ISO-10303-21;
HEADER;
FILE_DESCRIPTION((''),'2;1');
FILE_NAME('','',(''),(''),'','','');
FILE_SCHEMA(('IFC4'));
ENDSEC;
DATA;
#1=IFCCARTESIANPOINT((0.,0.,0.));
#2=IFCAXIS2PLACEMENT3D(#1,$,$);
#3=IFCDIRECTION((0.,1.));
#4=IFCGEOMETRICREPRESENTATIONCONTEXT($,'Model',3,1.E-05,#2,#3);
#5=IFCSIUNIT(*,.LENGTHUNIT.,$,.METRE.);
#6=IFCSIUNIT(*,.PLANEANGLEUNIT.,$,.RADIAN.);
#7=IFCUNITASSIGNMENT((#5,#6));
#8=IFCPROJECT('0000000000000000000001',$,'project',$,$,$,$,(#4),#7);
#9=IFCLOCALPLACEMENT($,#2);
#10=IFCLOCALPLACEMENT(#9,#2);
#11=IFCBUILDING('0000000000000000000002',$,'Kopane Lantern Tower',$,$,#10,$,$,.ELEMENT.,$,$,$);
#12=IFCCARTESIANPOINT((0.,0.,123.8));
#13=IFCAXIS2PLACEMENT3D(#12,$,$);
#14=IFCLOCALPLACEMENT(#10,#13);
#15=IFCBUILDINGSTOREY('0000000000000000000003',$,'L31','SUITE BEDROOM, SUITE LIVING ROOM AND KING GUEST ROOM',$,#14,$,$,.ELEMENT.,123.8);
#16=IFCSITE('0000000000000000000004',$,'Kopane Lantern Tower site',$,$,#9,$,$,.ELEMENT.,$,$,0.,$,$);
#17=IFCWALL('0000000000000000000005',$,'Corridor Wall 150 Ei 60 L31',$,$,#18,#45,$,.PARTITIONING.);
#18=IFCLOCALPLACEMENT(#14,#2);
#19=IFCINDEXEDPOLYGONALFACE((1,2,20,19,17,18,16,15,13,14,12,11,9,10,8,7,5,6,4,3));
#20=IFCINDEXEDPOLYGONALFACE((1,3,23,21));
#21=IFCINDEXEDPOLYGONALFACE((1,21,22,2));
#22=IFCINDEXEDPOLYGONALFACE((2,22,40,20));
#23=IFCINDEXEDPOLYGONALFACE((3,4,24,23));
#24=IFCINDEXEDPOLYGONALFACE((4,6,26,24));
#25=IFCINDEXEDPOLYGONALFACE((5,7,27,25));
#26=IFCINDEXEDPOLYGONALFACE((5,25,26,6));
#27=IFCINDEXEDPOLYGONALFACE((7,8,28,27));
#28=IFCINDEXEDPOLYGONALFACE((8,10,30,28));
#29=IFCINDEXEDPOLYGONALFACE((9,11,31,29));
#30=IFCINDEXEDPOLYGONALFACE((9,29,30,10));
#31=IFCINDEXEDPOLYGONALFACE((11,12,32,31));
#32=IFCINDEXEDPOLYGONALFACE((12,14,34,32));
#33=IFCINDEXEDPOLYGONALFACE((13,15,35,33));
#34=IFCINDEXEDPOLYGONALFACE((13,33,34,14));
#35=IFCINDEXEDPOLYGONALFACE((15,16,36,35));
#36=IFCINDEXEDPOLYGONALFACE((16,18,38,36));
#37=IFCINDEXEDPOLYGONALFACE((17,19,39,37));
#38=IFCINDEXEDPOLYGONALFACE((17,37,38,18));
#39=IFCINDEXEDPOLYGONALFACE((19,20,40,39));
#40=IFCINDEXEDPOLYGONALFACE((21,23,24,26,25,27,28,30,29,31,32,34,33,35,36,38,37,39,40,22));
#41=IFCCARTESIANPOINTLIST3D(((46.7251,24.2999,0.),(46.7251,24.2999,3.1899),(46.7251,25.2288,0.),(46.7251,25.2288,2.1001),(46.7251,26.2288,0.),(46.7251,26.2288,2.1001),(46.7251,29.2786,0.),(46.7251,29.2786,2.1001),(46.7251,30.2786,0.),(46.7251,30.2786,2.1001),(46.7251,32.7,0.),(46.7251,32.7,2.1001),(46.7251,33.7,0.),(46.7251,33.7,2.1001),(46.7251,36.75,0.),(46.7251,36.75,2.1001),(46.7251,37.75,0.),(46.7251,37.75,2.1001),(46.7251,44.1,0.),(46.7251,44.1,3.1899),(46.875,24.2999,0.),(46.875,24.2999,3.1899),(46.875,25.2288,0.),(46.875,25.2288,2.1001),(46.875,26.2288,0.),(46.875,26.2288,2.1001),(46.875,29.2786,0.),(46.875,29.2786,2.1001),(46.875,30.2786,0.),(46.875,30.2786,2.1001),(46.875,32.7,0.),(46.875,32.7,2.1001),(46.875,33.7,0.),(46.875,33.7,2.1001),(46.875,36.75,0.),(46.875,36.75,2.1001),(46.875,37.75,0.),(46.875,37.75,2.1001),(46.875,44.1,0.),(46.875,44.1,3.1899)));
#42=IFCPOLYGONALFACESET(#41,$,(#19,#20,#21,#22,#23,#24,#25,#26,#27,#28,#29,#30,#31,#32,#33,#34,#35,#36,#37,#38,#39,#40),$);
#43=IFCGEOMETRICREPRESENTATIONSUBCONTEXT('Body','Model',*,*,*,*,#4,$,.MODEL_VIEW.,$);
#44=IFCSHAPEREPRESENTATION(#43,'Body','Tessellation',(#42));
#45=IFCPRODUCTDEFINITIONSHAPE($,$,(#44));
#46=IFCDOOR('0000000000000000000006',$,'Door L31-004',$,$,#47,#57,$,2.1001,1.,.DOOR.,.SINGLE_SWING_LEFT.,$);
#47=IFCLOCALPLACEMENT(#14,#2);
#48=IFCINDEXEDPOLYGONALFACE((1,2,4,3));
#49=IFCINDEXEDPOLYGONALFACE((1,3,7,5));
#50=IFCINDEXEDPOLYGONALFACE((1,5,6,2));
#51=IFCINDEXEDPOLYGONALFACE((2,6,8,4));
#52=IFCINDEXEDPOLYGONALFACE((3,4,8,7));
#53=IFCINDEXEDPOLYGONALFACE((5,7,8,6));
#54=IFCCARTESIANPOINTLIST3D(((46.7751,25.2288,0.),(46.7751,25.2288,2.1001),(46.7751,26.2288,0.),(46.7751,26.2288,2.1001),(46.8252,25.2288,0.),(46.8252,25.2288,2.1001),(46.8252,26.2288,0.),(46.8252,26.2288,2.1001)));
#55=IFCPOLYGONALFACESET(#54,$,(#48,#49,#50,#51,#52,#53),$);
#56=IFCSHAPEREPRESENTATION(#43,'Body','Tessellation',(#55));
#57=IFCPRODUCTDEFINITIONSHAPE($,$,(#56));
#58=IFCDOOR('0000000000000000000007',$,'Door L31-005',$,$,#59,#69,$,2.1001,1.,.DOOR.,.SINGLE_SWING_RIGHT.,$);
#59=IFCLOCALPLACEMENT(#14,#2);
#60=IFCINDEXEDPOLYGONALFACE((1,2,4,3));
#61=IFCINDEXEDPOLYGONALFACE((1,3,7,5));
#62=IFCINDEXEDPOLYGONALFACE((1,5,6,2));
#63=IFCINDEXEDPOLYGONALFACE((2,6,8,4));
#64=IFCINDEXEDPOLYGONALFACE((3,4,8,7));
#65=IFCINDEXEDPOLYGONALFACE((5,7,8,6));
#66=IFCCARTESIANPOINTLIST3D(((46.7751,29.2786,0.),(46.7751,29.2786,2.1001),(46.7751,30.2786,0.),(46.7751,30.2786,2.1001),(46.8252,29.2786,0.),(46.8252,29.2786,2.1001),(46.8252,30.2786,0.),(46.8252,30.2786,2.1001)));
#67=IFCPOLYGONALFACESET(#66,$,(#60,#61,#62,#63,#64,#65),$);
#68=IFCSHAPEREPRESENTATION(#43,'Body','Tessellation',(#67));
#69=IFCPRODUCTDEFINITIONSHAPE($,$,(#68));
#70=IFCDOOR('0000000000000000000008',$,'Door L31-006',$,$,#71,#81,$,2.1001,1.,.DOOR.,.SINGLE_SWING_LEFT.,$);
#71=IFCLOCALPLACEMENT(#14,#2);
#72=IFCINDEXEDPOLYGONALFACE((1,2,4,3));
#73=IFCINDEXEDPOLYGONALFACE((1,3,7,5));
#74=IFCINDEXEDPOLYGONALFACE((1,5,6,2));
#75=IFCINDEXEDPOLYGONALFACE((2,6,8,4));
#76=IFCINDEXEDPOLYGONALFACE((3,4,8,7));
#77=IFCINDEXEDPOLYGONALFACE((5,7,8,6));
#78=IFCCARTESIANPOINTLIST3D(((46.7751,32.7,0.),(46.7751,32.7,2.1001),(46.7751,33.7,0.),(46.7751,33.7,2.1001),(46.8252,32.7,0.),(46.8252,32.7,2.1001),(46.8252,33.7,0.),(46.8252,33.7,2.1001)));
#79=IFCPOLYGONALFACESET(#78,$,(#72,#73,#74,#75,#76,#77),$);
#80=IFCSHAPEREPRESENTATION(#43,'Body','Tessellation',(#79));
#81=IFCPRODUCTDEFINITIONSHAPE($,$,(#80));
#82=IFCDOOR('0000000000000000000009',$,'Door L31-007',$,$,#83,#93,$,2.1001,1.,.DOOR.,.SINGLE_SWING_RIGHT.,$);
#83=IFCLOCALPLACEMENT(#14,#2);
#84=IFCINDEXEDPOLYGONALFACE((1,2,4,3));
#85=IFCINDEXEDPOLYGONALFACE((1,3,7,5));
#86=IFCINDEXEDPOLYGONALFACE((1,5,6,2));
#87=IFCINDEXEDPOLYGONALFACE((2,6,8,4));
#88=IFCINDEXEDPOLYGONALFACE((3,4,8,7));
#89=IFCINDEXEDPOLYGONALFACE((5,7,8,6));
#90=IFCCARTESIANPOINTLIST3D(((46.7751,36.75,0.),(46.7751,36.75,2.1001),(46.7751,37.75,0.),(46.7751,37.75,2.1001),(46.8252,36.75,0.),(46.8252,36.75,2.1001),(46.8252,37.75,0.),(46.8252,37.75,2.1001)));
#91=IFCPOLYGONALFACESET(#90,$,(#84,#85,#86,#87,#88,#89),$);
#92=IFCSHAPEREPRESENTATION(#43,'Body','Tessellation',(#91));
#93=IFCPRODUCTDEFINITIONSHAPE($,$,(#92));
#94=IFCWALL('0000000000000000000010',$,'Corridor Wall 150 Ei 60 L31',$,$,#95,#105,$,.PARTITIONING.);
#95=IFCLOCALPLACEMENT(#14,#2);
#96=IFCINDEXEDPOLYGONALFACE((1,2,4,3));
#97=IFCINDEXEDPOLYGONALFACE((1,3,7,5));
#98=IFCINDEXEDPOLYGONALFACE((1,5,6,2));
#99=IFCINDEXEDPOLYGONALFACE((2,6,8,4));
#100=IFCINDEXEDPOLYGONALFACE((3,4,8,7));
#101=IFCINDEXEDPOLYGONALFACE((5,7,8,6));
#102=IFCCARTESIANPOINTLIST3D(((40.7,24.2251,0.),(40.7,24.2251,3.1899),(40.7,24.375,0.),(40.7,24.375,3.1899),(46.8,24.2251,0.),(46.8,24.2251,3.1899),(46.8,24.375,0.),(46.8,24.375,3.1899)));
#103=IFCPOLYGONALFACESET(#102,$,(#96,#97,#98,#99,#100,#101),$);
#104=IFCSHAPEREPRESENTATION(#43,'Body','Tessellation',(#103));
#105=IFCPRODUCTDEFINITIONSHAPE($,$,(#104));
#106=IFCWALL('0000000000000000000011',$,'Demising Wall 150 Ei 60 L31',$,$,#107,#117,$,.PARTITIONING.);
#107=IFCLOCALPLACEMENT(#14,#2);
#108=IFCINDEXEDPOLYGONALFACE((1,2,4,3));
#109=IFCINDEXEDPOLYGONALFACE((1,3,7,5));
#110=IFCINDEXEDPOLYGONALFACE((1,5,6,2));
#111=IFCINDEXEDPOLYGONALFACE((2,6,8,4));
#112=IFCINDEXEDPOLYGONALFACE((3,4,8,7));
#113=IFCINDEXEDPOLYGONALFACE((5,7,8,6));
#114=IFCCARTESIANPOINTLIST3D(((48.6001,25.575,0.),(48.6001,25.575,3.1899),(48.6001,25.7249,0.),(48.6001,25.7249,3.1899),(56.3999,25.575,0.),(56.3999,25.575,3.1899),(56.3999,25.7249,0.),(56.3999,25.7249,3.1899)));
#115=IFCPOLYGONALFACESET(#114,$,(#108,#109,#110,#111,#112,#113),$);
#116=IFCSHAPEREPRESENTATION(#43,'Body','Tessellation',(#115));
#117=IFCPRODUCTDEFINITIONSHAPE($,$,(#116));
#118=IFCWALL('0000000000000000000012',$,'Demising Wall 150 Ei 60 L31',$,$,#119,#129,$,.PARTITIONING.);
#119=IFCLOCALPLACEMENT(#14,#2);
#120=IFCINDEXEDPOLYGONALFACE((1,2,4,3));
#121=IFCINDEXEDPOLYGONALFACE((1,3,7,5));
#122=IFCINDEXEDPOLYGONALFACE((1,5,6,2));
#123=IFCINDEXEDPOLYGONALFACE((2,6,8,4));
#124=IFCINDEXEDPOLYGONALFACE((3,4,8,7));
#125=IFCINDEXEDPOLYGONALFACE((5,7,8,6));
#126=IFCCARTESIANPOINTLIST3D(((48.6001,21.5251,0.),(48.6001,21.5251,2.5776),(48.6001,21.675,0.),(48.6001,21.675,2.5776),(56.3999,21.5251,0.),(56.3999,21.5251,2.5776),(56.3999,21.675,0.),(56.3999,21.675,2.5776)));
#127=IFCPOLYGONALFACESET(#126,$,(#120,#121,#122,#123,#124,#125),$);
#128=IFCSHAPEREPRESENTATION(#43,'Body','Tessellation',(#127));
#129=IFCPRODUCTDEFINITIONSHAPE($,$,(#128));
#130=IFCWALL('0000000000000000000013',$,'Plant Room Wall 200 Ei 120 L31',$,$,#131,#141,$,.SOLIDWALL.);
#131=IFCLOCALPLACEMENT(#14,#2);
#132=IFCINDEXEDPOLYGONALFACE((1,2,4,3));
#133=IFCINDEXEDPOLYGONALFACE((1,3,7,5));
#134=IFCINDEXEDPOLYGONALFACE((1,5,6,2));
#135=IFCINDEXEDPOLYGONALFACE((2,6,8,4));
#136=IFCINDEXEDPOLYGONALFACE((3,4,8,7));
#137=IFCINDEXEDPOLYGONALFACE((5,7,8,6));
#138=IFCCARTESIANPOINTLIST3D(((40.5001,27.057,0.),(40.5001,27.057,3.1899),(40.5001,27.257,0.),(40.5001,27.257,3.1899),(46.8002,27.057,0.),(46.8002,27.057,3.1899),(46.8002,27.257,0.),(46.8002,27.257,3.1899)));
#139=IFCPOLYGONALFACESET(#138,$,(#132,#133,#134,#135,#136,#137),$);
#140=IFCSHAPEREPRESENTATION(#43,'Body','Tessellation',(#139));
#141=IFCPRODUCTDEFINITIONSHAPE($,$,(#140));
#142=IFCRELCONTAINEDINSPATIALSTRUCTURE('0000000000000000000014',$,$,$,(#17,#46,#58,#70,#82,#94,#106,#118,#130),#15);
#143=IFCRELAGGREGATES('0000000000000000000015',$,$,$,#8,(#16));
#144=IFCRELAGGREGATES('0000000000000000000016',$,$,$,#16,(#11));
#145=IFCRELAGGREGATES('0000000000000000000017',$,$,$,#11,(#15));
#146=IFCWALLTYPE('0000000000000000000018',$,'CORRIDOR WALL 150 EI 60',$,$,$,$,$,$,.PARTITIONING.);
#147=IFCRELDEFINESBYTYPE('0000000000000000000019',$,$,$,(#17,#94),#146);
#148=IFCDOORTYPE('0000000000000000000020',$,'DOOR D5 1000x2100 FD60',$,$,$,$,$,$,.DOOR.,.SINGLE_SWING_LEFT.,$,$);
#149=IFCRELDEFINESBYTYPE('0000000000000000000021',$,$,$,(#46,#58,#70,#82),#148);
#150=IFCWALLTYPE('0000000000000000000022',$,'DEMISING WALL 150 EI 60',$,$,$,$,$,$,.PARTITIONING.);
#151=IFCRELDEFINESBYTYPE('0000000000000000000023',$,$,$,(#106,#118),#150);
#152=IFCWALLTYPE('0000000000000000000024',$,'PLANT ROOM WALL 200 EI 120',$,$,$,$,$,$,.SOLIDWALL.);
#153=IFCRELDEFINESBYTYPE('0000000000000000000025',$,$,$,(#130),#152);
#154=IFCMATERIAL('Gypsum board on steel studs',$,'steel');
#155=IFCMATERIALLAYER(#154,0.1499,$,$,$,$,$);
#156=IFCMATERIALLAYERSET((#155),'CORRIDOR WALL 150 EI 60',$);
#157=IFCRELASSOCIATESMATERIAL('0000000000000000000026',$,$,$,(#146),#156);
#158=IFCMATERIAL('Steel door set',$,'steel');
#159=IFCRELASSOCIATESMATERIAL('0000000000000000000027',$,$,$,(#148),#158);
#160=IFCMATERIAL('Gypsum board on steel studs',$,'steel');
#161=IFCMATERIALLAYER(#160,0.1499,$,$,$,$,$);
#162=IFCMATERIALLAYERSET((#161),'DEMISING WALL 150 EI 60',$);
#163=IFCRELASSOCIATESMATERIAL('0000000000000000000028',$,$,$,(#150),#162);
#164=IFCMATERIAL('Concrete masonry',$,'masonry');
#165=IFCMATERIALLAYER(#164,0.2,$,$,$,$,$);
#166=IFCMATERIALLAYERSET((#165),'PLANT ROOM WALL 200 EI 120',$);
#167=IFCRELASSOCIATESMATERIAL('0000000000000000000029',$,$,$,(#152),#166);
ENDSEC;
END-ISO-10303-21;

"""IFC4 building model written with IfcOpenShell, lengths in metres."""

from ifc_helpers import new_model, si_unit, direction, frame, frame_2d, origin, place, context, subcontext, project, spatial, rectangle, extrude, material, layer, layer_set, type_object, element, fill, save


model = new_model("IFC4")

# Units and contexts
model_context = context("Model", 3, precision=1e-05, world=origin(), true_north=direction((0.0, 1.0)))
body_context = subcontext(model_context, "Body", "Model", "MODEL_VIEW")
ifc_project = project(units=[si_unit("LENGTHUNIT", "METRE"), si_unit("PLANEANGLEUNIT", "RADIAN")], contexts=[model_context])

# Site, building, storey
site_placement = place(None, origin())
site = spatial("IfcSite", under=ifc_project, at=site_placement, Name="Kopane Lantern Tower site", CompositionType="ELEMENT", RefElevation=0.0)
building_placement = place(site_placement, origin())
building = spatial("IfcBuilding", under=site, at=building_placement, Name="Kopane Lantern Tower", CompositionType="ELEMENT")
storey_placement = place(building_placement, frame((0.0, 0.0, 123.8)))
storey = spatial("IfcBuildingStorey", under=building, at=storey_placement, Name="L31", Description="SUITE BEDROOM, SUITE LIVING ROOM AND KING GUEST ROOM", CompositionType="ELEMENT", Elevation=123.8)

# Wall, openings, doors
ifc_material_1 = material(Name="Gypsum board on steel studs", Category="steel")
ifc_layer_1 = layer(ifc_material_1, 0.1499)
ifc_layer_set_1 = layer_set([ifc_layer_1], Name="CORRIDOR WALL 150 EI 60")
wall_type_1 = type_object("IfcWallType", Name="CORRIDOR WALL 150 EI 60", PredefinedType="PARTITIONING", material=ifc_layer_set_1)
wall_1_placement = place(storey_placement, frame((46.8, 24.3, 0.0), z_axis=(0.0, 0.0, 1.0), x_axis=(0.0, 1.0, 0.0)))
wall_1 = element("IfcWall", 1, at=wall_1_placement, inside=storey, type_object=wall_type_1, Name="Corridor Wall 150 Ei 60 L31", PredefinedType="PARTITIONING", context=body_context, shape_type="SweptSolid", body=[
    extrude(rectangle(XDim=19.8, YDim=0.1499, at=frame_2d((9.8999, 0.0))), origin(), (0.0, 0.0, 1.0), 3.1899),
])
opening_1_placement = place(wall_1_placement, frame((0.9287, 0.0, 0.0)))
opening_1 = element("IfcOpeningElement", 2, at=opening_1_placement, cuts=wall_1, PredefinedType="OPENING", context=body_context, shape_type="SweptSolid", body=[
    extrude(rectangle(XDim=1.0, YDim=2.1001, at=frame_2d((0.5, 1.05))), frame((0.0, 0.085, 0.0), z_axis=(0.0, -1.0, 0.0), x_axis=(1.0, 0.0, 0.0)), (0.0, 0.0, 1.0), 0.1699),
])
opening_2_placement = place(wall_1_placement, frame((4.9785, 0.0, 0.0)))
opening_2 = element("IfcOpeningElement", 3, at=opening_2_placement, cuts=wall_1, PredefinedType="OPENING", context=body_context, shape_type="SweptSolid", body=[
    extrude(rectangle(XDim=1.0, YDim=2.1001, at=frame_2d((0.5, 1.05))), frame((0.0, 0.085, 0.0), z_axis=(0.0, -1.0, 0.0), x_axis=(1.0, 0.0, 0.0)), (0.0, 0.0, 1.0), 0.1699),
])
opening_3_placement = place(wall_1_placement, frame((8.3999, 0.0, 0.0)))
opening_3 = element("IfcOpeningElement", 4, at=opening_3_placement, cuts=wall_1, PredefinedType="OPENING", context=body_context, shape_type="SweptSolid", body=[
    extrude(rectangle(XDim=1.0, YDim=2.1001, at=frame_2d((0.5, 1.05))), frame((0.0, 0.085, 0.0), z_axis=(0.0, -1.0, 0.0), x_axis=(1.0, 0.0, 0.0)), (0.0, 0.0, 1.0), 0.1699),
])
opening_4_placement = place(wall_1_placement, frame((12.45, 0.0, 0.0)))
opening_4 = element("IfcOpeningElement", 5, at=opening_4_placement, cuts=wall_1, PredefinedType="OPENING", context=body_context, shape_type="SweptSolid", body=[
    extrude(rectangle(XDim=1.0, YDim=2.1001, at=frame_2d((0.5, 1.05))), frame((0.0, 0.085, 0.0), z_axis=(0.0, -1.0, 0.0), x_axis=(1.0, 0.0, 0.0)), (0.0, 0.0, 1.0), 0.1699),
])
ifc_material_2 = material(Name="Steel door set", Category="steel")
door_type_1 = type_object("IfcDoorType", Name="DOOR D5 1000x2100 FD60", OperationType="SINGLE_SWING_LEFT", PredefinedType="DOOR", material=ifc_material_2)
door_1_placement = place(opening_1_placement, origin())
door_1 = element("IfcDoor", 6, at=door_1_placement, inside=storey, type_object=door_type_1, Name="Door L31-004", OperationType="SINGLE_SWING_LEFT", OverallHeight=2.1001, OverallWidth=1.0, PredefinedType="DOOR", context=body_context, shape_type="SweptSolid", body=[
    extrude(rectangle(XDim=1.0, YDim=2.1001, at=frame_2d((0.5, 1.05))), frame((0.0, 0.0249, 0.0), z_axis=(0.0, -1.0, 0.0), x_axis=(1.0, 0.0, 0.0)), (0.0, 0.0, 1.0), 0.05),
])
fill(opening_1, door_1)
door_2_placement = place(opening_2_placement, origin())
door_2 = element("IfcDoor", 7, at=door_2_placement, inside=storey, type_object=door_type_1, Name="Door L31-005", OperationType="SINGLE_SWING_RIGHT", OverallHeight=2.1001, OverallWidth=1.0, PredefinedType="DOOR", context=body_context, shape_type="SweptSolid", body=[
    extrude(rectangle(XDim=1.0, YDim=2.1001, at=frame_2d((0.5, 1.05))), frame((0.0, 0.0249, 0.0), z_axis=(0.0, -1.0, 0.0), x_axis=(1.0, 0.0, 0.0)), (0.0, 0.0, 1.0), 0.05),
])
fill(opening_2, door_2)
door_3_placement = place(opening_3_placement, origin())
door_3 = element("IfcDoor", 8, at=door_3_placement, inside=storey, type_object=door_type_1, Name="Door L31-006", OperationType="SINGLE_SWING_LEFT", OverallHeight=2.1001, OverallWidth=1.0, PredefinedType="DOOR", context=body_context, shape_type="SweptSolid", body=[
    extrude(rectangle(XDim=1.0, YDim=2.1001, at=frame_2d((0.5, 1.05))), frame((0.0, 0.0249, 0.0), z_axis=(0.0, -1.0, 0.0), x_axis=(1.0, 0.0, 0.0)), (0.0, 0.0, 1.0), 0.05),
])
fill(opening_3, door_3)
door_4_placement = place(opening_4_placement, origin())
door_4 = element("IfcDoor", 9, at=door_4_placement, inside=storey, type_object=door_type_1, Name="Door L31-007", OperationType="SINGLE_SWING_RIGHT", OverallHeight=2.1001, OverallWidth=1.0, PredefinedType="DOOR", context=body_context, shape_type="SweptSolid", body=[
    extrude(rectangle(XDim=1.0, YDim=2.1001, at=frame_2d((0.5, 1.05))), frame((0.0, 0.0249, 0.0), z_axis=(0.0, -1.0, 0.0), x_axis=(1.0, 0.0, 0.0)), (0.0, 0.0, 1.0), 0.05),
])
fill(opening_4, door_4)

# Walls
wall_2_placement = place(storey_placement, frame((40.7, 24.3, 0.0), z_axis=(0.0, 0.0, 1.0), x_axis=(1.0, 0.0, 0.0)))
element("IfcWall", 10, at=wall_2_placement, inside=storey, type_object=wall_type_1, Name="Corridor Wall 150 Ei 60 L31", PredefinedType="PARTITIONING", context=body_context, shape_type="SweptSolid", body=[
    extrude(rectangle(XDim=6.1001, YDim=0.1499, at=frame_2d((3.05, 0.0))), origin(), (0.0, 0.0, 1.0), 3.1899),
])
ifc_material_3 = material(Name="Gypsum board on steel studs", Category="steel")
ifc_layer_2 = layer(ifc_material_3, 0.1499)
ifc_layer_set_2 = layer_set([ifc_layer_2], Name="DEMISING WALL 150 EI 60")
wall_type_2 = type_object("IfcWallType", Name="DEMISING WALL 150 EI 60", PredefinedType="PARTITIONING", material=ifc_layer_set_2)
wall_3_placement = place(storey_placement, frame((48.6001, 25.6499, 0.0), z_axis=(0.0, 0.0, 1.0), x_axis=(1.0, 0.0, 0.0)))
element("IfcWall", 11, at=wall_3_placement, inside=storey, type_object=wall_type_2, Name="Demising Wall 150 Ei 60 L31", PredefinedType="PARTITIONING", context=body_context, shape_type="SweptSolid", body=[
    extrude(rectangle(XDim=7.7998, YDim=0.1499, at=frame_2d((3.8999, 0.0))), origin(), (0.0, 0.0, 1.0), 3.1899),
])
wall_4_placement = place(storey_placement, frame((48.6001, 21.6001, 0.0), z_axis=(0.0, 0.0, 1.0), x_axis=(1.0, 0.0, 0.0)))
element("IfcWall", 12, at=wall_4_placement, inside=storey, type_object=wall_type_2, Name="Demising Wall 150 Ei 60 L31", PredefinedType="PARTITIONING", context=body_context, shape_type="SweptSolid", body=[
    extrude(rectangle(XDim=7.7998, YDim=0.1499, at=frame_2d((3.8999, 0.0))), origin(), (0.0, 0.0, 1.0), 2.5776),
])
ifc_material_4 = material(Name="Concrete masonry", Category="masonry")
ifc_layer_3 = layer(ifc_material_4, 0.2)
ifc_layer_set_3 = layer_set([ifc_layer_3], Name="PLANT ROOM WALL 200 EI 120")
wall_type_3 = type_object("IfcWallType", Name="PLANT ROOM WALL 200 EI 120", PredefinedType="SOLIDWALL", material=ifc_layer_set_3)
wall_5_placement = place(storey_placement, frame((46.8, 27.157, 0.0), z_axis=(0.0, 0.0, 1.0), x_axis=(-1.0, 0.0, 0.0)))
element("IfcWall", 13, at=wall_5_placement, inside=storey, type_object=wall_type_3, Name="Plant Room Wall 200 Ei 120 L31", PredefinedType="SOLIDWALL", context=body_context, shape_type="SweptSolid", body=[
    extrude(rectangle(XDim=6.3, YDim=0.2, at=frame_2d((3.1499, 0.0))), origin(), (0.0, 0.0, 1.0), 3.1899),
])

save(model, "model.ifc")
